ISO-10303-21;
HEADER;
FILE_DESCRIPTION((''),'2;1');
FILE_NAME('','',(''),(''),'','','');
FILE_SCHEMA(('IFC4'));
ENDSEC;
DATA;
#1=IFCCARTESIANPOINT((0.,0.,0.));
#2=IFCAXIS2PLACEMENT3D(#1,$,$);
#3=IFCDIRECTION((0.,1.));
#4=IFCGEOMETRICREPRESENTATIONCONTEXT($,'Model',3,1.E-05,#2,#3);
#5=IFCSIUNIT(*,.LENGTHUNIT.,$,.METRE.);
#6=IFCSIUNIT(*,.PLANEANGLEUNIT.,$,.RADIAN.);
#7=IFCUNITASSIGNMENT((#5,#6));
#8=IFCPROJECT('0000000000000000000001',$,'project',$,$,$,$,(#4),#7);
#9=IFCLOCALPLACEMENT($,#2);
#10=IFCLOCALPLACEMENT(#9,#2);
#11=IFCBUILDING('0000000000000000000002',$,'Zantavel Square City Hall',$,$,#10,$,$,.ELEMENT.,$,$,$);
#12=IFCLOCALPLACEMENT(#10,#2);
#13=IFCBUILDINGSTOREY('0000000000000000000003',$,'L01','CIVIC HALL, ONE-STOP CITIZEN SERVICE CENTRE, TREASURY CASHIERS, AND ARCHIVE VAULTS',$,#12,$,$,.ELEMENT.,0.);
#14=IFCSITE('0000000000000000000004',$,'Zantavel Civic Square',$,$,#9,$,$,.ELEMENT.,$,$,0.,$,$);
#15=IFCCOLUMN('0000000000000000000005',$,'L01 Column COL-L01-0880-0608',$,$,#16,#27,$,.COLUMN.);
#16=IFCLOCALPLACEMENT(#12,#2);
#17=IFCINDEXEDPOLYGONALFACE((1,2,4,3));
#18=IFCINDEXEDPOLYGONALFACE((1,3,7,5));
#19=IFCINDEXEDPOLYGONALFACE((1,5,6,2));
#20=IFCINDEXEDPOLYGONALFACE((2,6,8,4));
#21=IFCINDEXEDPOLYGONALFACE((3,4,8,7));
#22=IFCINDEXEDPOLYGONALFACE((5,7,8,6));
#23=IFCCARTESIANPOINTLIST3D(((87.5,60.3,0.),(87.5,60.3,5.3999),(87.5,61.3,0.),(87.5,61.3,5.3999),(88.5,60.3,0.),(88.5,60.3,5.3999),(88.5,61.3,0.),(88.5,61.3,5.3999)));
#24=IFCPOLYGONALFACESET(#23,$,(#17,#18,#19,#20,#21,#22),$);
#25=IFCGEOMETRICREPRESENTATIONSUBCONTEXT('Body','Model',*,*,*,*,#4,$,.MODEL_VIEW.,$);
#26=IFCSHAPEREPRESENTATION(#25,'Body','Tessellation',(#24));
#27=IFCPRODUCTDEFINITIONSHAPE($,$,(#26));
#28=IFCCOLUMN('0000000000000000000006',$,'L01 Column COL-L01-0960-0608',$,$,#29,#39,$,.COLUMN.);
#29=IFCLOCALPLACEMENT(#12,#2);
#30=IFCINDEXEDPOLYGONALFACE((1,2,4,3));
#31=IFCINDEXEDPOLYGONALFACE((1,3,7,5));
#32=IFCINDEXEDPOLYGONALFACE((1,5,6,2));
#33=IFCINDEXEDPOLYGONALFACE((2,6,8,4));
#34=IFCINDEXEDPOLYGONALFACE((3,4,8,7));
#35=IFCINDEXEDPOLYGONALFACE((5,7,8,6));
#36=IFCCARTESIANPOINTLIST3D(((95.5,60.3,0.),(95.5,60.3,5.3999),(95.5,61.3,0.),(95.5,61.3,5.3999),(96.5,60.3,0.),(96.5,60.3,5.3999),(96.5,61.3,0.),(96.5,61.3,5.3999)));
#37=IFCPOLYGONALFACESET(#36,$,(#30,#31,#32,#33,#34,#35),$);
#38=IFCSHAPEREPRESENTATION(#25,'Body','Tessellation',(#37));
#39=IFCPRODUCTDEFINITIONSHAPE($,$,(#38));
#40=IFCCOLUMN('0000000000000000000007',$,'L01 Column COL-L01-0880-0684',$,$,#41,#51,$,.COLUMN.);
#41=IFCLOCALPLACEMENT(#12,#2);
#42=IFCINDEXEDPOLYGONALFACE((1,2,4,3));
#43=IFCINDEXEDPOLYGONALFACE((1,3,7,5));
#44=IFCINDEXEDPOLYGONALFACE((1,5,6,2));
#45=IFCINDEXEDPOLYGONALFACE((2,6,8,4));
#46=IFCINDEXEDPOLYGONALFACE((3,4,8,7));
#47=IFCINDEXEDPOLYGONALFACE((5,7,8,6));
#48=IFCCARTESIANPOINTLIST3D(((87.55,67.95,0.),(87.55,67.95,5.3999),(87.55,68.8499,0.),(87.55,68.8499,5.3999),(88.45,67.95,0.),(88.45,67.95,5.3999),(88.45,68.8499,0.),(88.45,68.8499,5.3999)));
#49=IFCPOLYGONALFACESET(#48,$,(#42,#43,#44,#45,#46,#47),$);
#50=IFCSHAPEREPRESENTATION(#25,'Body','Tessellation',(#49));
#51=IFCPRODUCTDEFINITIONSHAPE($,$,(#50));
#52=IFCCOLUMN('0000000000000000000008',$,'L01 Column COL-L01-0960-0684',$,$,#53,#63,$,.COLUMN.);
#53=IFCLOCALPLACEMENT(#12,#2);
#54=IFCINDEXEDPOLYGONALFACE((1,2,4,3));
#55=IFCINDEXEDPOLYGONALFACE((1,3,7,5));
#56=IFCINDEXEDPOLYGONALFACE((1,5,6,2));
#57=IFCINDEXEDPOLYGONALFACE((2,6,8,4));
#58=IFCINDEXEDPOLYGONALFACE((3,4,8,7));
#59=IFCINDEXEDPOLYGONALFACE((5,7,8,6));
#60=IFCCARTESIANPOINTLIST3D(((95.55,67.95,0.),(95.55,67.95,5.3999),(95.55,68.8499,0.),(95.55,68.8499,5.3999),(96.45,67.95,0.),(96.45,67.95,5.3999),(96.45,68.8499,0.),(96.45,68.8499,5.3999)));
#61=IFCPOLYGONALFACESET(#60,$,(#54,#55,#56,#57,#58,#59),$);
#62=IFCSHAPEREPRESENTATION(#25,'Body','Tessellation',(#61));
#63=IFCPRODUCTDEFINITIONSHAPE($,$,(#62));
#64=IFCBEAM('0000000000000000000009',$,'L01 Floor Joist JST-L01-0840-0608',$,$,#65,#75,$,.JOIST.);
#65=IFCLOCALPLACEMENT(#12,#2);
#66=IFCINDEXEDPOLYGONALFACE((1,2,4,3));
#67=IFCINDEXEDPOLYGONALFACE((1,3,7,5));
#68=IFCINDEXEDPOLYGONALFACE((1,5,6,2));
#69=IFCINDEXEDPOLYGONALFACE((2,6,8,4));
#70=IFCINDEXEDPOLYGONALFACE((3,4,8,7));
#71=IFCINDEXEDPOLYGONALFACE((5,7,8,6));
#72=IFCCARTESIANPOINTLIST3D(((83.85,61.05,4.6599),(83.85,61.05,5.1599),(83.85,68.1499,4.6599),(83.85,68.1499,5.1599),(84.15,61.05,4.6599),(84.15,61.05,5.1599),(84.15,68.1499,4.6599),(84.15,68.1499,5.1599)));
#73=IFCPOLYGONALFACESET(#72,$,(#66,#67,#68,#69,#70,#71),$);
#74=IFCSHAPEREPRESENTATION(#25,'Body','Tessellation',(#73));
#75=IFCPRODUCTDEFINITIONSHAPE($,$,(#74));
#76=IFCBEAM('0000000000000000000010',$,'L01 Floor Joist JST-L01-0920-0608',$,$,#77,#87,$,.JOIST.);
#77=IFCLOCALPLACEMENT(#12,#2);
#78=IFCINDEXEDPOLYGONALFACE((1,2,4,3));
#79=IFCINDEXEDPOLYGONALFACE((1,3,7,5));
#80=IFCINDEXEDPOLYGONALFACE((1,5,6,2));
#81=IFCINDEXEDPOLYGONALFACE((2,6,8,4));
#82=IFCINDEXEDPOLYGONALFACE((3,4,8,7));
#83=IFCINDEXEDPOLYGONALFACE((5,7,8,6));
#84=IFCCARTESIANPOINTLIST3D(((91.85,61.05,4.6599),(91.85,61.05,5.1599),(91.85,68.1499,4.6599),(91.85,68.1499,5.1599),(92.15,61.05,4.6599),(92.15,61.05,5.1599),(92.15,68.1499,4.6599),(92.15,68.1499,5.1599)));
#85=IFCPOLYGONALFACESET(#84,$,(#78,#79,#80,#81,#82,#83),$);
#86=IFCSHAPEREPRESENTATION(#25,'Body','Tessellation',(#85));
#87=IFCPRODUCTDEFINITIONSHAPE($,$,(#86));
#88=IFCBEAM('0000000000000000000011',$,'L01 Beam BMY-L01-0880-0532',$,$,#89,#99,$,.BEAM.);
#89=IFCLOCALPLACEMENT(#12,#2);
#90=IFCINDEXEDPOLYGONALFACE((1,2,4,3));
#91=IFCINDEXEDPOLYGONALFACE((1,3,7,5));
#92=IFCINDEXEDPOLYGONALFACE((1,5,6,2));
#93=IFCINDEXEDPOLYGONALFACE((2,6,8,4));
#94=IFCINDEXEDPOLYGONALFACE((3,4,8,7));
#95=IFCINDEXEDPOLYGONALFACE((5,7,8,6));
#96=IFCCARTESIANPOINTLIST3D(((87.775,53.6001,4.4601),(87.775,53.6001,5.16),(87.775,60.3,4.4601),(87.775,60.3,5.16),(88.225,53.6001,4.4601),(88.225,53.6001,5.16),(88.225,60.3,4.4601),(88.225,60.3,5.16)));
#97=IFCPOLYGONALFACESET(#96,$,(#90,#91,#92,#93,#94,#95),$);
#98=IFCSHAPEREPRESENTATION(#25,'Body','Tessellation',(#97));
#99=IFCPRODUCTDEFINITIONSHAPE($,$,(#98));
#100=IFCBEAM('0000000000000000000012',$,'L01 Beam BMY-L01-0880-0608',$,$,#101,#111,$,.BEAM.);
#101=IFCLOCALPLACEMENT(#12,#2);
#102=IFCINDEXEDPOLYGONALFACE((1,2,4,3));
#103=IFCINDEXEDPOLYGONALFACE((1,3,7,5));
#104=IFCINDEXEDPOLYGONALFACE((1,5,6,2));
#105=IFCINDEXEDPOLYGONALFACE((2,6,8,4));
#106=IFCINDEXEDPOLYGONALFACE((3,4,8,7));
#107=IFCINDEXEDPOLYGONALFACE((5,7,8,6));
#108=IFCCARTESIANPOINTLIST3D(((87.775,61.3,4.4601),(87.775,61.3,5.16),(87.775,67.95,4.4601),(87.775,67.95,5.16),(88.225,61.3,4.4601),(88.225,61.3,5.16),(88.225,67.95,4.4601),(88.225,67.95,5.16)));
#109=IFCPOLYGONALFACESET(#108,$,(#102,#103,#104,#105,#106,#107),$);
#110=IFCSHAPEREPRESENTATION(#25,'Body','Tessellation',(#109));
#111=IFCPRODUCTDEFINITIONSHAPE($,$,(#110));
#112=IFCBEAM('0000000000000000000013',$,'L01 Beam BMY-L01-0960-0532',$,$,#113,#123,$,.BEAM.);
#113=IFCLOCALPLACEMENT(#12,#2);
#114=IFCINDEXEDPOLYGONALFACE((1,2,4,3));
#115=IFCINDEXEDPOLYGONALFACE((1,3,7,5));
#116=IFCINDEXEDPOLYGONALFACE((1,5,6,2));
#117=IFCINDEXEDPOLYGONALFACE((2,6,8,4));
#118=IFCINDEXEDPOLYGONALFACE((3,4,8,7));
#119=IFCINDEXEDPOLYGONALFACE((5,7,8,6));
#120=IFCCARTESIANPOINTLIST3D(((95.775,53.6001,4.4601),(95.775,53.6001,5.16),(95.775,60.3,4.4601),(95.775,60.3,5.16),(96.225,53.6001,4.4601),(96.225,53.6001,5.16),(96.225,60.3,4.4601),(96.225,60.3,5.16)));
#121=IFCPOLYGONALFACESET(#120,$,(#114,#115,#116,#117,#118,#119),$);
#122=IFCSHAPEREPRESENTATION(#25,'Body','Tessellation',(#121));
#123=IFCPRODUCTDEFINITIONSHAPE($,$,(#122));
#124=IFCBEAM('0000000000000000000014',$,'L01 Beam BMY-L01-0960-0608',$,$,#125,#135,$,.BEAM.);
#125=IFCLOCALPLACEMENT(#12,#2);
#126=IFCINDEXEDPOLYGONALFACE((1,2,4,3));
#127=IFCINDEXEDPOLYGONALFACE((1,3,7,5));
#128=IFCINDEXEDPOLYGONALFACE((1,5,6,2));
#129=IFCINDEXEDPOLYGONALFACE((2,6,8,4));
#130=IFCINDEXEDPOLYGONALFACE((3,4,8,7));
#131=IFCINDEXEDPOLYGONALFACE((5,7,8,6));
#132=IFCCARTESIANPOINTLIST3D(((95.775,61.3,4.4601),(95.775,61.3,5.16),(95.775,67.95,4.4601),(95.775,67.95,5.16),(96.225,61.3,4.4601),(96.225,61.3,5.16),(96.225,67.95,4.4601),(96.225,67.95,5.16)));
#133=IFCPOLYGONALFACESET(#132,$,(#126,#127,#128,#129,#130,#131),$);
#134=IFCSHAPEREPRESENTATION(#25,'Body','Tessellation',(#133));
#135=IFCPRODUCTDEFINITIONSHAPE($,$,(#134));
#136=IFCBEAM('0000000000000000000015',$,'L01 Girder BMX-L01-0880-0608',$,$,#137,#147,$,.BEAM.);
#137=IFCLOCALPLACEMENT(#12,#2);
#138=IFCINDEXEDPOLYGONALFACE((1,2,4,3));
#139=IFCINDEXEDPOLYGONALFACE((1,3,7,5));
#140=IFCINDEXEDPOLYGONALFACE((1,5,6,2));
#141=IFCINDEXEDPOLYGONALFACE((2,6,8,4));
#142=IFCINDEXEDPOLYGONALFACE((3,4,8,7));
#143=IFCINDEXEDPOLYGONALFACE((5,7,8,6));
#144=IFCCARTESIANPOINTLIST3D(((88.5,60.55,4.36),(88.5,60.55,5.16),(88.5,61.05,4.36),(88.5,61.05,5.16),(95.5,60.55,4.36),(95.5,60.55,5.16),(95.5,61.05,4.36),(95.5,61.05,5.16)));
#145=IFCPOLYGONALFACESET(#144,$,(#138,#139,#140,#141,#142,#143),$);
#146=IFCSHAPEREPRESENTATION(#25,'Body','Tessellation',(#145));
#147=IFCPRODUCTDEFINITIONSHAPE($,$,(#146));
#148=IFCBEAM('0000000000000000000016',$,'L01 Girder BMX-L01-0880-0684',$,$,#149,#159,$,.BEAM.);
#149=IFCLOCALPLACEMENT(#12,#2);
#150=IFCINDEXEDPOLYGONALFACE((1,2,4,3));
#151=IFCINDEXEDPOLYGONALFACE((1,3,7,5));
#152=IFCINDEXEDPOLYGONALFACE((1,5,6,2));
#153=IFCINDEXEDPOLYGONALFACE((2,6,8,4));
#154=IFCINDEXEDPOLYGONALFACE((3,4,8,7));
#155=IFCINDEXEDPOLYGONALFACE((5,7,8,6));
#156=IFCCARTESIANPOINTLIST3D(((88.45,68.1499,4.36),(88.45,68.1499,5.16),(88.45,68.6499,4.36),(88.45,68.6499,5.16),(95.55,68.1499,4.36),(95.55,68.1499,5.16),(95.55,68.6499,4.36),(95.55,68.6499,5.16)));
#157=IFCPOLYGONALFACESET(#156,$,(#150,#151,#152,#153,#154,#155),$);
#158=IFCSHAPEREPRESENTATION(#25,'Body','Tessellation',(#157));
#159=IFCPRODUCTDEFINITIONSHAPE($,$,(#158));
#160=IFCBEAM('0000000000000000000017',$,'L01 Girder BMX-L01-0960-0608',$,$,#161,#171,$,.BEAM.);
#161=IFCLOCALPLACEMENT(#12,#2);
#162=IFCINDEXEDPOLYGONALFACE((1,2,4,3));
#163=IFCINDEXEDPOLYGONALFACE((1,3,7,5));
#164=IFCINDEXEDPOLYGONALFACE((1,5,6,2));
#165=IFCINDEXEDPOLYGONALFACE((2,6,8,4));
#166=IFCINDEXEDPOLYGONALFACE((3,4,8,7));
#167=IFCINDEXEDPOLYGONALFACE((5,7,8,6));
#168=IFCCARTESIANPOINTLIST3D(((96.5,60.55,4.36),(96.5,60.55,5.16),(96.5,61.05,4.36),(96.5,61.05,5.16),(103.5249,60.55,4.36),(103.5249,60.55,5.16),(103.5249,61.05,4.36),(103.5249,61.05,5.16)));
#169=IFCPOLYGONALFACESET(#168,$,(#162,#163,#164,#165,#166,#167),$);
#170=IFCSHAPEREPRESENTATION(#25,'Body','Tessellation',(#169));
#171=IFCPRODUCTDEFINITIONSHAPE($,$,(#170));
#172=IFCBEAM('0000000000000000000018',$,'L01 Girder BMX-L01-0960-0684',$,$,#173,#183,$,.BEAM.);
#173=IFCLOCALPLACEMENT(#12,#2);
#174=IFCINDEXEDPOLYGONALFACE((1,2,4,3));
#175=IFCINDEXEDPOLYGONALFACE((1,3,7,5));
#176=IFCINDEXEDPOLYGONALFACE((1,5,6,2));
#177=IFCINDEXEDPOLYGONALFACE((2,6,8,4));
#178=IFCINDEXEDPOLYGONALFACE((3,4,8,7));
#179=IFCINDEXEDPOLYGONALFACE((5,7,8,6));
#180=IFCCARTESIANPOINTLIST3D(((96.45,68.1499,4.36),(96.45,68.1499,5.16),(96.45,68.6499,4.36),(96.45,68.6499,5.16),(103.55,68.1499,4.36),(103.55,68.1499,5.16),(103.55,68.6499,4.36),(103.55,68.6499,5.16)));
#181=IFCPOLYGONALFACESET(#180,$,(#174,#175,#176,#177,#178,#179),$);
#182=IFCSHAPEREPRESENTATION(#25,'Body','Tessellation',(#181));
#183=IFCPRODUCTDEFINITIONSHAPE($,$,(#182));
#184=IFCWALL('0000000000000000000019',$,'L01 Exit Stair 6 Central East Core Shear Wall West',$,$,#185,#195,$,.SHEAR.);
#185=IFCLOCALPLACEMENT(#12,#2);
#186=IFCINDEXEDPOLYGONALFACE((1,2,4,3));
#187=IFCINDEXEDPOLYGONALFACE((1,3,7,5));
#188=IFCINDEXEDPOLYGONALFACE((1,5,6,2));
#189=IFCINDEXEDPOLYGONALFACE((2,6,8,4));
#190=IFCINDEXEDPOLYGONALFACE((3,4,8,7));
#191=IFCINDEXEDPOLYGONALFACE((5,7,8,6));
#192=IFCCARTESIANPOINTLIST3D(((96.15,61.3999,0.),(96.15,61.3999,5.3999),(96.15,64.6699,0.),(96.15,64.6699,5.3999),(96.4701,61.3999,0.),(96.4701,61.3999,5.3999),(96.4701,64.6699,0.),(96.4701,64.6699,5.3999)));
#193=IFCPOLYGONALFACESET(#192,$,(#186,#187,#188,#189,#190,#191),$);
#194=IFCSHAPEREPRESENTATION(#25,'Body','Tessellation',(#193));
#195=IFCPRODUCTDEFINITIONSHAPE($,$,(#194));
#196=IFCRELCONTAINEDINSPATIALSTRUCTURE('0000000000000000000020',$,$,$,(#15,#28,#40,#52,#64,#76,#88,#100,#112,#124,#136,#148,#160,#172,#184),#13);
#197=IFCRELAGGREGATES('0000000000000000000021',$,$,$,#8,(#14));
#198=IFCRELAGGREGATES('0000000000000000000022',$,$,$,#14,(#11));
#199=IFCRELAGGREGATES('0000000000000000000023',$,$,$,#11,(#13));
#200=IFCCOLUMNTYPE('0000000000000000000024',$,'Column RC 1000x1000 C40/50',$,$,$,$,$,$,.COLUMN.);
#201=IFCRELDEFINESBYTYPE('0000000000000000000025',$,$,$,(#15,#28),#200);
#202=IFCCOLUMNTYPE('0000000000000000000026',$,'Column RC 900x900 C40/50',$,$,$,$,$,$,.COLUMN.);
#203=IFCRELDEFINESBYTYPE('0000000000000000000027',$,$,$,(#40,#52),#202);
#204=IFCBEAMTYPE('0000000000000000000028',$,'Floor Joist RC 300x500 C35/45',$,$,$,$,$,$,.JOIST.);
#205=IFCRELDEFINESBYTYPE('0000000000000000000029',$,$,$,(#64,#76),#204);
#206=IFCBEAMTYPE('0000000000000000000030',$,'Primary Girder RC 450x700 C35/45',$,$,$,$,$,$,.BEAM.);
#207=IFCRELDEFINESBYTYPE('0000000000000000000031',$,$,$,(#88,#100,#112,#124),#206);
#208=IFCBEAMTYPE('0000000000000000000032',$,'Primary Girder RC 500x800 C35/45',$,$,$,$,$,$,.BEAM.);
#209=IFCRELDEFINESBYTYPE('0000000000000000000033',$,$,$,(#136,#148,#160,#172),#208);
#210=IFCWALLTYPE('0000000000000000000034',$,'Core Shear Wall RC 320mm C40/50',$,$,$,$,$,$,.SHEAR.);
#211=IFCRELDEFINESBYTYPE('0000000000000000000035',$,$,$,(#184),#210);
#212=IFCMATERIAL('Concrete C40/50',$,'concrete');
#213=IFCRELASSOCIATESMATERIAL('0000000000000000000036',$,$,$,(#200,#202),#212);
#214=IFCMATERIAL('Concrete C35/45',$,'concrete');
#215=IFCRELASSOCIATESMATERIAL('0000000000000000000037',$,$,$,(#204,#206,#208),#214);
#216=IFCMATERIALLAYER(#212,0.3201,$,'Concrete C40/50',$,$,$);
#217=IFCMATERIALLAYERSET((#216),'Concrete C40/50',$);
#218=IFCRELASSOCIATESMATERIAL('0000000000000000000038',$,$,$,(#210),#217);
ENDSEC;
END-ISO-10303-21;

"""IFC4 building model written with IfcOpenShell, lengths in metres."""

from ifc_helpers import new_model, si_unit, direction, frame, frame_2d, origin, origin_2d, place, context, subcontext, project, spatial, rectangle, extrude, material, layer, layer_set, material_profile, profile_set, type_object, element, save


model = new_model("IFC4")

# Units and contexts
model_context = context("Model", 3, precision=1e-05, world=origin(), true_north=direction((0.0, 1.0)))
body_context = subcontext(model_context, "Body", "Model", "MODEL_VIEW")
ifc_project = project(units=[si_unit("LENGTHUNIT", "METRE"), si_unit("PLANEANGLEUNIT", "RADIAN")], contexts=[model_context])

# Site, building, storey
site_placement = place(None, origin())
site = spatial("IfcSite", under=ifc_project, at=site_placement, Name="Zantavel Civic Square", CompositionType="ELEMENT", RefElevation=0.0)
building_placement = place(site_placement, origin())
building = spatial("IfcBuilding", under=site, at=building_placement, Name="Zantavel Square City Hall", CompositionType="ELEMENT")
storey_placement = place(building_placement, origin())
storey = spatial("IfcBuildingStorey", under=building, at=storey_placement, Name="L01", Description="CIVIC HALL, ONE-STOP CITIZEN SERVICE CENTRE, TREASURY CASHIERS, AND ARCHIVE VAULTS", CompositionType="ELEMENT", Elevation=0.0)

# Columns
ifc_material_1 = material(Name="Concrete C40/50", Category="concrete")
ifc_material_profile_1 = material_profile(ifc_material_1, rectangle(XDim=1.0, YDim=1.0, at=origin_2d()), Name="RC 1000x1000")
ifc_profile_set_1 = profile_set([ifc_material_profile_1], Name="Concrete C40/50")
column_type_1 = type_object("IfcColumnType", Name="Column RC 1000x1000 C40/50", PredefinedType="COLUMN", material=ifc_profile_set_1)
for number, where, z_axis, x_axis, name in (
    (1, (88.0, 60.8, 0.0), (0.0, 0.0, 1.0), (1.0, 0.0, 0.0), "L01 Column COL-L01-0880-0608"),
    (2, (96.0, 60.8, 0.0), (0.0, 0.0, 1.0), (1.0, 0.0, 0.0), "L01 Column COL-L01-0960-0608"),
):
    element("IfcColumn", number, at=place(storey_placement, frame(where, z_axis=z_axis, x_axis=x_axis)), inside=storey, type_object=column_type_1, Name=name, PredefinedType="COLUMN", context=body_context, shape_type="SweptSolid", body=[
        extrude(rectangle(XDim=1.0, YDim=1.0, at=origin_2d()), origin(), (0.0, 0.0, 1.0), 5.3999),
    ])
ifc_material_profile_2 = material_profile(ifc_material_1, rectangle(XDim=0.8999, YDim=0.8999, at=origin_2d()), Name="RC 900x900")
ifc_profile_set_2 = profile_set([ifc_material_profile_2], Name="Concrete C40/50")
column_type_2 = type_object("IfcColumnType", Name="Column RC 900x900 C40/50", PredefinedType="COLUMN", material=ifc_profile_set_2)
for number, where, z_axis, x_axis, name in (
    (3, (88.0, 68.3999, 0.0), (0.0, 0.0, 1.0), (1.0, 0.0, 0.0), "L01 Column COL-L01-0880-0684"),
    (4, (96.0, 68.3999, 0.0), (0.0, 0.0, 1.0), (1.0, 0.0, 0.0), "L01 Column COL-L01-0960-0684"),
):
    element("IfcColumn", number, at=place(storey_placement, frame(where, z_axis=z_axis, x_axis=x_axis)), inside=storey, type_object=column_type_2, Name=name, PredefinedType="COLUMN", context=body_context, shape_type="SweptSolid", body=[
        extrude(rectangle(XDim=0.8999, YDim=0.8999, at=origin_2d()), origin(), (0.0, 0.0, 1.0), 5.3999),
    ])

# Beams
ifc_material_2 = material(Name="Concrete C35/45", Category="concrete")
ifc_material_profile_3 = material_profile(ifc_material_2, rectangle(XDim=0.3, YDim=0.5, at=origin_2d()), Name="RC 300x500")
ifc_profile_set_3 = profile_set([ifc_material_profile_3], Name="Concrete C35/45")
beam_type_1 = type_object("IfcBeamType", Name="Floor Joist RC 300x500 C35/45", PredefinedType="JOIST", material=ifc_profile_set_3)
for number, where, z_axis, x_axis, name in (
    (5, (84.0, 61.05, 4.9099), (0.0, 1.0, 0.0), (-1.0, 0.0, 0.0), "L01 Floor Joist JST-L01-0840-0608"),
    (6, (92.0, 61.05, 4.9099), (0.0, 1.0, 0.0), (-1.0, 0.0, 0.0), "L01 Floor Joist JST-L01-0920-0608"),
):
    element("IfcBeam", number, at=place(storey_placement, frame(where, z_axis=z_axis, x_axis=x_axis)), inside=storey, type_object=beam_type_1, Name=name, PredefinedType="JOIST", context=body_context, shape_type="SweptSolid", body=[
        extrude(rectangle(XDim=0.3, YDim=0.5, at=origin_2d()), origin(), (0.0, 0.0, 1.0), 7.0999),
    ])
ifc_material_profile_4 = material_profile(ifc_material_2, rectangle(XDim=0.45, YDim=0.7, at=origin_2d()), Name="RC 450x700")
ifc_profile_set_4 = profile_set([ifc_material_profile_4], Name="Concrete C35/45")
beam_type_2 = type_object("IfcBeamType", Name="Primary Girder RC 450x700 C35/45", PredefinedType="BEAM", material=ifc_profile_set_4)
beam_1_placement = place(storey_placement, frame((88.0, 53.6001, 4.8101), z_axis=(0.0, 1.0, 0.0), x_axis=(-1.0, 0.0, 0.0)))
element("IfcBeam", 7, at=beam_1_placement, inside=storey, type_object=beam_type_2, Name="L01 Beam BMY-L01-0880-0532", PredefinedType="BEAM", context=body_context, shape_type="SweptSolid", body=[
    extrude(rectangle(XDim=0.45, YDim=0.7, at=origin_2d()), origin(), (0.0, 0.0, 1.0), 6.7),
])
beam_2_placement = place(storey_placement, frame((88.0, 61.3, 4.8101), z_axis=(0.0, 1.0, 0.0), x_axis=(-1.0, 0.0, 0.0)))
element("IfcBeam", 8, at=beam_2_placement, inside=storey, type_object=beam_type_2, Name="L01 Beam BMY-L01-0880-0608", PredefinedType="BEAM", context=body_context, shape_type="SweptSolid", body=[
    extrude(rectangle(XDim=0.45, YDim=0.7, at=origin_2d()), origin(), (0.0, 0.0, 1.0), 6.6499),
])
beam_3_placement = place(storey_placement, frame((96.0, 53.6001, 4.8101), z_axis=(0.0, 1.0, 0.0), x_axis=(-1.0, 0.0, 0.0)))
element("IfcBeam", 9, at=beam_3_placement, inside=storey, type_object=beam_type_2, Name="L01 Beam BMY-L01-0960-0532", PredefinedType="BEAM", context=body_context, shape_type="SweptSolid", body=[
    extrude(rectangle(XDim=0.45, YDim=0.7, at=origin_2d()), origin(), (0.0, 0.0, 1.0), 6.7),
])
beam_4_placement = place(storey_placement, frame((96.0, 61.3, 4.8101), z_axis=(0.0, 1.0, 0.0), x_axis=(-1.0, 0.0, 0.0)))
element("IfcBeam", 10, at=beam_4_placement, inside=storey, type_object=beam_type_2, Name="L01 Beam BMY-L01-0960-0608", PredefinedType="BEAM", context=body_context, shape_type="SweptSolid", body=[
    extrude(rectangle(XDim=0.45, YDim=0.7, at=origin_2d()), origin(), (0.0, 0.0, 1.0), 6.6499),
])
ifc_material_profile_5 = material_profile(ifc_material_2, rectangle(XDim=0.5, YDim=0.8, at=origin_2d()), Name="RC 500x800")
ifc_profile_set_5 = profile_set([ifc_material_profile_5], Name="Concrete C35/45")
beam_type_3 = type_object("IfcBeamType", Name="Primary Girder RC 500x800 C35/45", PredefinedType="BEAM", material=ifc_profile_set_5)
beam_5_placement = place(storey_placement, frame((88.5, 60.8, 4.76), z_axis=(1.0, 0.0, 0.0), x_axis=(0.0, 1.0, 0.0)))
element("IfcBeam", 11, at=beam_5_placement, inside=storey, type_object=beam_type_3, Name="L01 Girder BMX-L01-0880-0608", PredefinedType="BEAM", context=body_context, shape_type="SweptSolid", body=[
    extrude(rectangle(XDim=0.5, YDim=0.8, at=origin_2d()), origin(), (0.0, 0.0, 1.0), 7.0),
])
beam_6_placement = place(storey_placement, frame((88.45, 68.3999, 4.76), z_axis=(1.0, 0.0, 0.0), x_axis=(0.0, 1.0, 0.0)))
element("IfcBeam", 12, at=beam_6_placement, inside=storey, type_object=beam_type_3, Name="L01 Girder BMX-L01-0880-0684", PredefinedType="BEAM", context=body_context, shape_type="SweptSolid", body=[
    extrude(rectangle(XDim=0.5, YDim=0.8, at=origin_2d()), origin(), (0.0, 0.0, 1.0), 7.1001),
])
beam_7_placement = place(storey_placement, frame((96.5, 60.8, 4.76), z_axis=(1.0, 0.0, 0.0), x_axis=(0.0, 1.0, 0.0)))
element("IfcBeam", 13, at=beam_7_placement, inside=storey, type_object=beam_type_3, Name="L01 Girder BMX-L01-0960-0608", PredefinedType="BEAM", context=body_context, shape_type="SweptSolid", body=[
    extrude(rectangle(XDim=0.5, YDim=0.8, at=origin_2d()), origin(), (0.0, 0.0, 1.0), 7.0249),
])
beam_8_placement = place(storey_placement, frame((96.45, 68.3999, 4.76), z_axis=(1.0, 0.0, 0.0), x_axis=(0.0, 1.0, 0.0)))
element("IfcBeam", 14, at=beam_8_placement, inside=storey, type_object=beam_type_3, Name="L01 Girder BMX-L01-0960-0684", PredefinedType="BEAM", context=body_context, shape_type="SweptSolid", body=[
    extrude(rectangle(XDim=0.5, YDim=0.8, at=origin_2d()), origin(), (0.0, 0.0, 1.0), 7.1001),
])

# Wall
ifc_layer_1 = layer(ifc_material_1, 0.3201, Name="Concrete C40/50")
ifc_layer_set_1 = layer_set([ifc_layer_1], Name="Concrete C40/50")
wall_type_1 = type_object("IfcWallType", Name="Core Shear Wall RC 320mm C40/50", PredefinedType="SHEAR", material=ifc_layer_set_1)
wall_1_placement = place(storey_placement, frame((96.3101, 61.3999, 0.0), z_axis=(0.0, 0.0, 1.0), x_axis=(0.0, 1.0, 0.0)))
element("IfcWall", 15, at=wall_1_placement, inside=storey, type_object=wall_type_1, Name="L01 Exit Stair 6 Central East Core Shear Wall West", PredefinedType="SHEAR", context=body_context, shape_type="SweptSolid", body=[
    extrude(rectangle(XDim=3.27, YDim=0.3201, at=frame_2d((1.635, 0.0))), origin(), (0.0, 0.0, 1.0), 5.3999),
])

save(model, "model.ifc")
